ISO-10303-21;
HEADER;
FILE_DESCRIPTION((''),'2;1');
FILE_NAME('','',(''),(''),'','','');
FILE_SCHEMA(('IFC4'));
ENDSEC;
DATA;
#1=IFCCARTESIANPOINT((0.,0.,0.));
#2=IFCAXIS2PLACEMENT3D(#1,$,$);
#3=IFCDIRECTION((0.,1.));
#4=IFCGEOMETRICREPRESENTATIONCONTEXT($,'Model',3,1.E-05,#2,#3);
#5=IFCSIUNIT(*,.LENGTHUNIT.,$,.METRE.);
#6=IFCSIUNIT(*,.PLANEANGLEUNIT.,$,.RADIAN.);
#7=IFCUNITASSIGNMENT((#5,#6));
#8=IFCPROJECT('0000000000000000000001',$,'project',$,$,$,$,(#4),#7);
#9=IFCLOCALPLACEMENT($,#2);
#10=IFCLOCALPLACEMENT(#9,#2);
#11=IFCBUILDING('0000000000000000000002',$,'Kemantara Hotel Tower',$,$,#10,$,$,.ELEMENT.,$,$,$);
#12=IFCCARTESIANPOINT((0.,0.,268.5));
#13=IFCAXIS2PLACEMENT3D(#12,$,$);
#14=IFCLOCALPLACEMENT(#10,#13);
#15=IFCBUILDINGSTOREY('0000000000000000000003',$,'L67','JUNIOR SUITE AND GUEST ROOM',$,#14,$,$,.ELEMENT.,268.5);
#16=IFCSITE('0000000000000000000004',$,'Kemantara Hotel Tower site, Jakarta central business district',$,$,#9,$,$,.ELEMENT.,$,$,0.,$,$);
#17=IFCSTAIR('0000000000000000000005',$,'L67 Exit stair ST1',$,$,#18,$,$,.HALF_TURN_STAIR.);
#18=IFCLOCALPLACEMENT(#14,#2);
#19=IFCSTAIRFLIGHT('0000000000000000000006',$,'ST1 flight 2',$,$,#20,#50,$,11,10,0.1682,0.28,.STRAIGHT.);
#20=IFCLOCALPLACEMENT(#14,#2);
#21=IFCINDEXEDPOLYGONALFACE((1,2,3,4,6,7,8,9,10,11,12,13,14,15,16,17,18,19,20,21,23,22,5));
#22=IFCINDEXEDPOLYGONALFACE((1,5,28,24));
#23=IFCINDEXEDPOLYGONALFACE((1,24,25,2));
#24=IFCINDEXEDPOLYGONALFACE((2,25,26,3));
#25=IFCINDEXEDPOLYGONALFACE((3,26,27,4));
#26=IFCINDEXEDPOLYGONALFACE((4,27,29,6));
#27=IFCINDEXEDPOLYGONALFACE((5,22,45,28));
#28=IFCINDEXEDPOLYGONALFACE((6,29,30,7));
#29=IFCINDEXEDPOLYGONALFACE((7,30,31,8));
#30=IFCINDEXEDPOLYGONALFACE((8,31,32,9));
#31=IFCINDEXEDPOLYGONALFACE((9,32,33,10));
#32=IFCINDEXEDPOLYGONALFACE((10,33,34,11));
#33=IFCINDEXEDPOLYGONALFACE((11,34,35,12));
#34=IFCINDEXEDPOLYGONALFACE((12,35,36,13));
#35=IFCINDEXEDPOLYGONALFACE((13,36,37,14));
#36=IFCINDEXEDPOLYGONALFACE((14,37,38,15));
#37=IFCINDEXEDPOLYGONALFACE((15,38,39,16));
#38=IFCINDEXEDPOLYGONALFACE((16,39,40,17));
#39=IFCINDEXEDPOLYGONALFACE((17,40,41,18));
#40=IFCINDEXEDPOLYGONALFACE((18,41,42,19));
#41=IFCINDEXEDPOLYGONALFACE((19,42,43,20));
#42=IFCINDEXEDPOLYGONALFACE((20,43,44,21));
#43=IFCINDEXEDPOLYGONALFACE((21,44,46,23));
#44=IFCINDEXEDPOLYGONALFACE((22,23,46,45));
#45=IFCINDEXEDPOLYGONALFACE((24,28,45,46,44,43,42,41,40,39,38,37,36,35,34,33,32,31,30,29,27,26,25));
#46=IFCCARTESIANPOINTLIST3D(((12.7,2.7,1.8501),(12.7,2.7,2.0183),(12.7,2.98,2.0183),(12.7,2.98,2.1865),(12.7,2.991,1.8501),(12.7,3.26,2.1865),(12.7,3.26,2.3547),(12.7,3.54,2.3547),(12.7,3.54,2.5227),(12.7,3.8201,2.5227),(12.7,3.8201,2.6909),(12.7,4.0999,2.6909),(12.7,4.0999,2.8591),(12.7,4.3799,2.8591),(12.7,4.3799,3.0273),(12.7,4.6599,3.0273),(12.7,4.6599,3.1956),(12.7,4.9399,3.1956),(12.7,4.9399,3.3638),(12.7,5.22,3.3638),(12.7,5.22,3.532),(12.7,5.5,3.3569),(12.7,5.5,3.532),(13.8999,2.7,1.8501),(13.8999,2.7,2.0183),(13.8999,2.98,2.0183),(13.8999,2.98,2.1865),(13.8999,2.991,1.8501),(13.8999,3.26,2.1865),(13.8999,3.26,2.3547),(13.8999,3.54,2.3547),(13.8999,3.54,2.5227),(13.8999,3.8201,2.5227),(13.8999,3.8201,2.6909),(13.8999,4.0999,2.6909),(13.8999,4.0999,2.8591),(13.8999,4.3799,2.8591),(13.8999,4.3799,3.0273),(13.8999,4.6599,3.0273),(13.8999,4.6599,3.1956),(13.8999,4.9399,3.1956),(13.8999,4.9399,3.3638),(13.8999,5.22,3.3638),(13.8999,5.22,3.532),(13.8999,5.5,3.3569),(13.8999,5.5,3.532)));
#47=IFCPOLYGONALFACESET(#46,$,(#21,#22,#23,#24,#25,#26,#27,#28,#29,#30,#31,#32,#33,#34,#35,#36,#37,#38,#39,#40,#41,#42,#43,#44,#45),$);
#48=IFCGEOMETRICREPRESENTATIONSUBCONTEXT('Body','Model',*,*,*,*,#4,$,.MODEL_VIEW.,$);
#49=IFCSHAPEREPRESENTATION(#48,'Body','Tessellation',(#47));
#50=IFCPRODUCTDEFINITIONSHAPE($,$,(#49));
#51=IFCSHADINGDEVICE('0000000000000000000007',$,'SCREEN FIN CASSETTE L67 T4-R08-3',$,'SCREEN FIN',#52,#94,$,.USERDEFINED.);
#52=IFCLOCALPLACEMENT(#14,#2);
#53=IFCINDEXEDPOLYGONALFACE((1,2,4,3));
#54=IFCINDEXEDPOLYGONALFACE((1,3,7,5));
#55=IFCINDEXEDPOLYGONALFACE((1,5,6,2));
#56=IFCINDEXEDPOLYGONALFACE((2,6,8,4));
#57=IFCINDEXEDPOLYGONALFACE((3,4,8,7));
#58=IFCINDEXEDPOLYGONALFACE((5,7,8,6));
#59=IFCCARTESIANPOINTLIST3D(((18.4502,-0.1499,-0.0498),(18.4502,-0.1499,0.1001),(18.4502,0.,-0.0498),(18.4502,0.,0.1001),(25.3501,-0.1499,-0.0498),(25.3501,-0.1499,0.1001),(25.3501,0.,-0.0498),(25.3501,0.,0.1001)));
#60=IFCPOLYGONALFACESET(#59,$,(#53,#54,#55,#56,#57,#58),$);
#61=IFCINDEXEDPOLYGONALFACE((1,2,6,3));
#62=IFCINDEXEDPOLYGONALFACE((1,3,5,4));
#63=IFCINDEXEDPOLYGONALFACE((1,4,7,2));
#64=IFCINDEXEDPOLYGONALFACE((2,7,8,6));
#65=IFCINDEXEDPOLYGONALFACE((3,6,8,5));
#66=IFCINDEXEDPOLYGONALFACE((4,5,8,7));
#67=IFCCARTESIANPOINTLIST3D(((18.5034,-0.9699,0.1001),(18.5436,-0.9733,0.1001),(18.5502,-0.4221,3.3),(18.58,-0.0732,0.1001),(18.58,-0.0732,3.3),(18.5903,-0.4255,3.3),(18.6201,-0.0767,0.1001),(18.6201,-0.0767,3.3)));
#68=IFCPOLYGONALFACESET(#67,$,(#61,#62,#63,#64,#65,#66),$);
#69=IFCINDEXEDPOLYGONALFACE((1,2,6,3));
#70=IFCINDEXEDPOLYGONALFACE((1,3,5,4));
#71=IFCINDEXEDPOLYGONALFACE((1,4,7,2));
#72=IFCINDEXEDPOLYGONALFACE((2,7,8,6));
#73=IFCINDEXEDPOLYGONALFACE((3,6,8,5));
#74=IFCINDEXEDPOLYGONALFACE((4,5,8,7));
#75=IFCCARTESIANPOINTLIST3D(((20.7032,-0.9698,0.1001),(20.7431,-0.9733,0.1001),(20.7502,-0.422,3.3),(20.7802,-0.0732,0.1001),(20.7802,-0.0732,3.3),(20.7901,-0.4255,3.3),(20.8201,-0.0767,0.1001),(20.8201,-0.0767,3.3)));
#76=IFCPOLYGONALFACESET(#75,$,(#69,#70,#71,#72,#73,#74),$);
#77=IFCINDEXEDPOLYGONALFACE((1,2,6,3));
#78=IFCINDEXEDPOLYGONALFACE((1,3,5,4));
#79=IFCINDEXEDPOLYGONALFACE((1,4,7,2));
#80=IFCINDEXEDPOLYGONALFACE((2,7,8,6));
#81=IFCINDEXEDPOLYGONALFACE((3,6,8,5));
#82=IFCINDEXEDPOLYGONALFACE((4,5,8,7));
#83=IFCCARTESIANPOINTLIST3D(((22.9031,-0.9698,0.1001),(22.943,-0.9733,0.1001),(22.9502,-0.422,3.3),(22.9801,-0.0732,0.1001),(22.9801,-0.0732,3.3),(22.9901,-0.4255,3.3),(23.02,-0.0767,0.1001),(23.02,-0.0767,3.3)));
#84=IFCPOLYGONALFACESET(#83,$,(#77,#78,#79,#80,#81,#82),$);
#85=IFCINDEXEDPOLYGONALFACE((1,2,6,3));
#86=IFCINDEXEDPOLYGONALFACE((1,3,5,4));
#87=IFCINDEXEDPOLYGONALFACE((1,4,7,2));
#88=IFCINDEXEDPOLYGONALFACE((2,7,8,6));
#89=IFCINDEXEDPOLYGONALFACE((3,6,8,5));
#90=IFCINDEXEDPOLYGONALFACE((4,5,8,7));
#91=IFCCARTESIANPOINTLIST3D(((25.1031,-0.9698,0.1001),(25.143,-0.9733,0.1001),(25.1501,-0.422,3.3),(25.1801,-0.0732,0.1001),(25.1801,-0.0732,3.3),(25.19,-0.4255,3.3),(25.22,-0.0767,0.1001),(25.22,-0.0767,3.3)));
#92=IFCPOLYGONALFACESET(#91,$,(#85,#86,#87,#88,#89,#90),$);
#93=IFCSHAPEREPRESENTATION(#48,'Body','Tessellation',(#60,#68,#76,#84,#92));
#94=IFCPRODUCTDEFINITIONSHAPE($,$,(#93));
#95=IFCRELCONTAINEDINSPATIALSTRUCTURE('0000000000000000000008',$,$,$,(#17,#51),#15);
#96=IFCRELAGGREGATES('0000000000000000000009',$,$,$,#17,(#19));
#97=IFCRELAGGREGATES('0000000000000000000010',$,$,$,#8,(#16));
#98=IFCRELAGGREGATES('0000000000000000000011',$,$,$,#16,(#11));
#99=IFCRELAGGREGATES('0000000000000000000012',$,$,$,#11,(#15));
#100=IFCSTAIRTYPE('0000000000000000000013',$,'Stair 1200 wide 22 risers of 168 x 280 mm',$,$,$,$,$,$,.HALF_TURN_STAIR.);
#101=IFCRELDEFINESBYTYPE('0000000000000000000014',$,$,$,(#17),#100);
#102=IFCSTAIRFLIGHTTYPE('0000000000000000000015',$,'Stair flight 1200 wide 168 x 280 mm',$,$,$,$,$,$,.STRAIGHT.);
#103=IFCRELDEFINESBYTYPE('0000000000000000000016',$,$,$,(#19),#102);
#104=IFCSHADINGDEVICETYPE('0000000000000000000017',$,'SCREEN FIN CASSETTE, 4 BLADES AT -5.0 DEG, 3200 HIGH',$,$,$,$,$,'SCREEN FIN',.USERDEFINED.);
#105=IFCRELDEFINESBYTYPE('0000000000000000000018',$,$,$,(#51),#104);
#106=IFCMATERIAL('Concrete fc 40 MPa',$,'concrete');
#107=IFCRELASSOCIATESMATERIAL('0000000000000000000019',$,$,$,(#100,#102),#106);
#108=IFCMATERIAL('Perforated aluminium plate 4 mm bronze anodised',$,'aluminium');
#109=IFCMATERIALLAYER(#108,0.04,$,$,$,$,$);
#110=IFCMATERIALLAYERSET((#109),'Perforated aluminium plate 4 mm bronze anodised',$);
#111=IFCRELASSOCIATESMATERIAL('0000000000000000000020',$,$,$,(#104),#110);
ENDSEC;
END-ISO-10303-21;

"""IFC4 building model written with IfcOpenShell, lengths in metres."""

from ifc_helpers import new_model, si_unit, direction, frame, origin, origin_2d, place, context, subcontext, project, spatial, polyline, rectangle, outline, extrude, source, transform, mapped, material, layer, layer_set, type_object, element, aggregate, save


model = new_model("IFC4")

# Units and contexts
model_context = context("Model", 3, precision=1e-05, world=origin(), true_north=direction((0.0, 1.0)))
body_context = subcontext(model_context, "Body", "Model", "MODEL_VIEW")
ifc_project = project(units=[si_unit("LENGTHUNIT", "METRE"), si_unit("PLANEANGLEUNIT", "RADIAN")], contexts=[model_context])

# Site, building, storey
site_placement = place(None, origin())
site = spatial("IfcSite", under=ifc_project, at=site_placement, Name="Kemantara Hotel Tower site, Jakarta central business district", CompositionType="ELEMENT", RefElevation=0.0)
building_placement = place(site_placement, origin())
building = spatial("IfcBuilding", under=site, at=building_placement, Name="Kemantara Hotel Tower", CompositionType="ELEMENT")
storey_placement = place(building_placement, frame((0.0, 0.0, 268.5)))
storey = spatial("IfcBuildingStorey", under=building, at=storey_placement, Name="L67", Description="JUNIOR SUITE AND GUEST ROOM", CompositionType="ELEMENT", Elevation=268.5)

# Stair, stair flight
ifc_material_1 = material(Name="Concrete fc 40 MPa", Category="concrete")
stair_type = type_object("IfcStairType", Name="Stair 1200 wide 22 risers of 168 x 280 mm", PredefinedType="HALF_TURN_STAIR", material=ifc_material_1)
stair_placement = place(storey_placement, origin())
stair = element("IfcStair", 1, at=stair_placement, inside=storey, type_object=stair_type, Name="L67 Exit stair ST1", PredefinedType="HALF_TURN_STAIR")
stair_flight_type = type_object("IfcStairFlightType", Name="Stair flight 1200 wide 168 x 280 mm", PredefinedType="STRAIGHT", material=ifc_material_1)
stair_flight_placement = place(storey_placement, frame((13.3, 2.7, 1.8501), z_axis=(0.0, 0.0, 1.0), x_axis=(0.0, 1.0, 0.0)))
stair_flight = element("IfcStairFlight", 2, at=stair_flight_placement, type_object=stair_flight_type, Name="ST1 flight 2", NumberOfRisers=11, NumberOfTreads=10, PredefinedType="STRAIGHT", RiserHeight=0.1682, TreadLength=0.28, context=body_context, shape_type="SweptSolid", body=[
    extrude(outline(polyline([(0.0, 0.0), (0.0, 0.1682), (0.28, 0.1682), (0.28, 0.3364), (0.5601, 0.3364), (0.5601, 0.5046), (0.8401, 0.5046), (0.8401, 0.6726), (1.1201, 0.6726), (1.1201, 0.8408), (1.3999, 0.8408), (1.3999, 1.009), (1.6799, 1.009), (1.6799, 1.1772), (1.96, 1.1772), (1.96, 1.3455), (2.24, 1.3455), (2.24, 1.5137), (2.52, 1.5137), (2.52, 1.6819), (2.8, 1.6819), (2.8, 1.8501), (2.8, 1.5068), (0.291, 0.0), (0.0, 0.0)])), frame((0.0, 0.6001, 0.0), z_axis=(0.0, -1.0, 0.0), x_axis=(1.0, 0.0, 0.0)), (0.0, 0.0, 1.0), 1.2),
])
aggregate(stair, [stair_flight])

# Shading device
ifc_material_2 = material(Name="Perforated aluminium plate 4 mm bronze anodised", Category="aluminium")
ifc_layer_1 = layer(ifc_material_2, 0.04)
ifc_layer_set_1 = layer_set([ifc_layer_1], Name="Perforated aluminium plate 4 mm bronze anodised")
shading_device_type = type_object("IfcShadingDeviceType", Name="SCREEN FIN CASSETTE, 4 BLADES AT -5.0 DEG, 3200 HIGH", ElementType="SCREEN FIN", PredefinedType="USERDEFINED", material=ifc_layer_set_1)
shared_shape = source(origin(), body_context, "Body", "SweptSolid", [
    extrude(rectangle(XDim=6.8999, YDim=0.1499, at=origin_2d()), frame((3.3, -0.075, -0.1499), z_axis=(0.0, 0.0, 1.0), x_axis=(1.0, 0.0, 0.0)), (0.0, 0.0, 1.0), 0.1499),
    extrude(outline(polyline([(0.0, 0.0), (0.8999, 0.0), (0.3501, 3.2), (0.0, 3.2), (0.0, 0.0)])), frame((0.02, -0.0767, 0.0), z_axis=(-0.996376, 0.085056, 0.0), x_axis=(-0.085056, -0.996376, 0.0)), (0.0, 0.0, 1.0), 0.0403),
    extrude(outline(polyline([(0.0, 0.0), (0.8999, 0.0), (0.3501, 3.2), (0.0, 3.2), (0.0, 0.0)])), frame((2.22, -0.0767, 0.0), z_axis=(-0.996332, 0.085575, 0.0), x_axis=(-0.085575, -0.996332, 0.0)), (0.0, 0.0, 1.0), 0.04),
    extrude(outline(polyline([(0.0, 0.0), (0.8999, 0.0), (0.3501, 3.2), (0.0, 3.2), (0.0, 0.0)])), frame((4.4199, -0.0767, 0.0), z_axis=(-0.996332, 0.085575, 0.0), x_axis=(-0.085575, -0.996332, 0.0)), (0.0, 0.0, 1.0), 0.04),
    extrude(outline(polyline([(0.0, 0.0), (0.8999, 0.0), (0.3501, 3.2), (0.0, 3.2), (0.0, 0.0)])), frame((6.6199, -0.0767, 0.0), z_axis=(-0.996332, 0.085575, 0.0), x_axis=(-0.085575, -0.996332, 0.0)), (0.0, 0.0, 1.0), 0.04),
])
shading_device_placement = place(storey_placement, frame((18.6001, 0.0, 0.1001), z_axis=(0.0, 0.0, 1.0), x_axis=(1.0, 0.0, 0.0)))
element("IfcShadingDevice", 3, at=shading_device_placement, inside=storey, type_object=shading_device_type, Name="SCREEN FIN CASSETTE L67 T4-R08-3", ObjectType="SCREEN FIN", PredefinedType="USERDEFINED", context=body_context, shape_type="MappedRepresentation", body=[
    mapped(shared_shape, transform((0.0, 0.0, 0.0))),
])

save(model, "model.ifc")
